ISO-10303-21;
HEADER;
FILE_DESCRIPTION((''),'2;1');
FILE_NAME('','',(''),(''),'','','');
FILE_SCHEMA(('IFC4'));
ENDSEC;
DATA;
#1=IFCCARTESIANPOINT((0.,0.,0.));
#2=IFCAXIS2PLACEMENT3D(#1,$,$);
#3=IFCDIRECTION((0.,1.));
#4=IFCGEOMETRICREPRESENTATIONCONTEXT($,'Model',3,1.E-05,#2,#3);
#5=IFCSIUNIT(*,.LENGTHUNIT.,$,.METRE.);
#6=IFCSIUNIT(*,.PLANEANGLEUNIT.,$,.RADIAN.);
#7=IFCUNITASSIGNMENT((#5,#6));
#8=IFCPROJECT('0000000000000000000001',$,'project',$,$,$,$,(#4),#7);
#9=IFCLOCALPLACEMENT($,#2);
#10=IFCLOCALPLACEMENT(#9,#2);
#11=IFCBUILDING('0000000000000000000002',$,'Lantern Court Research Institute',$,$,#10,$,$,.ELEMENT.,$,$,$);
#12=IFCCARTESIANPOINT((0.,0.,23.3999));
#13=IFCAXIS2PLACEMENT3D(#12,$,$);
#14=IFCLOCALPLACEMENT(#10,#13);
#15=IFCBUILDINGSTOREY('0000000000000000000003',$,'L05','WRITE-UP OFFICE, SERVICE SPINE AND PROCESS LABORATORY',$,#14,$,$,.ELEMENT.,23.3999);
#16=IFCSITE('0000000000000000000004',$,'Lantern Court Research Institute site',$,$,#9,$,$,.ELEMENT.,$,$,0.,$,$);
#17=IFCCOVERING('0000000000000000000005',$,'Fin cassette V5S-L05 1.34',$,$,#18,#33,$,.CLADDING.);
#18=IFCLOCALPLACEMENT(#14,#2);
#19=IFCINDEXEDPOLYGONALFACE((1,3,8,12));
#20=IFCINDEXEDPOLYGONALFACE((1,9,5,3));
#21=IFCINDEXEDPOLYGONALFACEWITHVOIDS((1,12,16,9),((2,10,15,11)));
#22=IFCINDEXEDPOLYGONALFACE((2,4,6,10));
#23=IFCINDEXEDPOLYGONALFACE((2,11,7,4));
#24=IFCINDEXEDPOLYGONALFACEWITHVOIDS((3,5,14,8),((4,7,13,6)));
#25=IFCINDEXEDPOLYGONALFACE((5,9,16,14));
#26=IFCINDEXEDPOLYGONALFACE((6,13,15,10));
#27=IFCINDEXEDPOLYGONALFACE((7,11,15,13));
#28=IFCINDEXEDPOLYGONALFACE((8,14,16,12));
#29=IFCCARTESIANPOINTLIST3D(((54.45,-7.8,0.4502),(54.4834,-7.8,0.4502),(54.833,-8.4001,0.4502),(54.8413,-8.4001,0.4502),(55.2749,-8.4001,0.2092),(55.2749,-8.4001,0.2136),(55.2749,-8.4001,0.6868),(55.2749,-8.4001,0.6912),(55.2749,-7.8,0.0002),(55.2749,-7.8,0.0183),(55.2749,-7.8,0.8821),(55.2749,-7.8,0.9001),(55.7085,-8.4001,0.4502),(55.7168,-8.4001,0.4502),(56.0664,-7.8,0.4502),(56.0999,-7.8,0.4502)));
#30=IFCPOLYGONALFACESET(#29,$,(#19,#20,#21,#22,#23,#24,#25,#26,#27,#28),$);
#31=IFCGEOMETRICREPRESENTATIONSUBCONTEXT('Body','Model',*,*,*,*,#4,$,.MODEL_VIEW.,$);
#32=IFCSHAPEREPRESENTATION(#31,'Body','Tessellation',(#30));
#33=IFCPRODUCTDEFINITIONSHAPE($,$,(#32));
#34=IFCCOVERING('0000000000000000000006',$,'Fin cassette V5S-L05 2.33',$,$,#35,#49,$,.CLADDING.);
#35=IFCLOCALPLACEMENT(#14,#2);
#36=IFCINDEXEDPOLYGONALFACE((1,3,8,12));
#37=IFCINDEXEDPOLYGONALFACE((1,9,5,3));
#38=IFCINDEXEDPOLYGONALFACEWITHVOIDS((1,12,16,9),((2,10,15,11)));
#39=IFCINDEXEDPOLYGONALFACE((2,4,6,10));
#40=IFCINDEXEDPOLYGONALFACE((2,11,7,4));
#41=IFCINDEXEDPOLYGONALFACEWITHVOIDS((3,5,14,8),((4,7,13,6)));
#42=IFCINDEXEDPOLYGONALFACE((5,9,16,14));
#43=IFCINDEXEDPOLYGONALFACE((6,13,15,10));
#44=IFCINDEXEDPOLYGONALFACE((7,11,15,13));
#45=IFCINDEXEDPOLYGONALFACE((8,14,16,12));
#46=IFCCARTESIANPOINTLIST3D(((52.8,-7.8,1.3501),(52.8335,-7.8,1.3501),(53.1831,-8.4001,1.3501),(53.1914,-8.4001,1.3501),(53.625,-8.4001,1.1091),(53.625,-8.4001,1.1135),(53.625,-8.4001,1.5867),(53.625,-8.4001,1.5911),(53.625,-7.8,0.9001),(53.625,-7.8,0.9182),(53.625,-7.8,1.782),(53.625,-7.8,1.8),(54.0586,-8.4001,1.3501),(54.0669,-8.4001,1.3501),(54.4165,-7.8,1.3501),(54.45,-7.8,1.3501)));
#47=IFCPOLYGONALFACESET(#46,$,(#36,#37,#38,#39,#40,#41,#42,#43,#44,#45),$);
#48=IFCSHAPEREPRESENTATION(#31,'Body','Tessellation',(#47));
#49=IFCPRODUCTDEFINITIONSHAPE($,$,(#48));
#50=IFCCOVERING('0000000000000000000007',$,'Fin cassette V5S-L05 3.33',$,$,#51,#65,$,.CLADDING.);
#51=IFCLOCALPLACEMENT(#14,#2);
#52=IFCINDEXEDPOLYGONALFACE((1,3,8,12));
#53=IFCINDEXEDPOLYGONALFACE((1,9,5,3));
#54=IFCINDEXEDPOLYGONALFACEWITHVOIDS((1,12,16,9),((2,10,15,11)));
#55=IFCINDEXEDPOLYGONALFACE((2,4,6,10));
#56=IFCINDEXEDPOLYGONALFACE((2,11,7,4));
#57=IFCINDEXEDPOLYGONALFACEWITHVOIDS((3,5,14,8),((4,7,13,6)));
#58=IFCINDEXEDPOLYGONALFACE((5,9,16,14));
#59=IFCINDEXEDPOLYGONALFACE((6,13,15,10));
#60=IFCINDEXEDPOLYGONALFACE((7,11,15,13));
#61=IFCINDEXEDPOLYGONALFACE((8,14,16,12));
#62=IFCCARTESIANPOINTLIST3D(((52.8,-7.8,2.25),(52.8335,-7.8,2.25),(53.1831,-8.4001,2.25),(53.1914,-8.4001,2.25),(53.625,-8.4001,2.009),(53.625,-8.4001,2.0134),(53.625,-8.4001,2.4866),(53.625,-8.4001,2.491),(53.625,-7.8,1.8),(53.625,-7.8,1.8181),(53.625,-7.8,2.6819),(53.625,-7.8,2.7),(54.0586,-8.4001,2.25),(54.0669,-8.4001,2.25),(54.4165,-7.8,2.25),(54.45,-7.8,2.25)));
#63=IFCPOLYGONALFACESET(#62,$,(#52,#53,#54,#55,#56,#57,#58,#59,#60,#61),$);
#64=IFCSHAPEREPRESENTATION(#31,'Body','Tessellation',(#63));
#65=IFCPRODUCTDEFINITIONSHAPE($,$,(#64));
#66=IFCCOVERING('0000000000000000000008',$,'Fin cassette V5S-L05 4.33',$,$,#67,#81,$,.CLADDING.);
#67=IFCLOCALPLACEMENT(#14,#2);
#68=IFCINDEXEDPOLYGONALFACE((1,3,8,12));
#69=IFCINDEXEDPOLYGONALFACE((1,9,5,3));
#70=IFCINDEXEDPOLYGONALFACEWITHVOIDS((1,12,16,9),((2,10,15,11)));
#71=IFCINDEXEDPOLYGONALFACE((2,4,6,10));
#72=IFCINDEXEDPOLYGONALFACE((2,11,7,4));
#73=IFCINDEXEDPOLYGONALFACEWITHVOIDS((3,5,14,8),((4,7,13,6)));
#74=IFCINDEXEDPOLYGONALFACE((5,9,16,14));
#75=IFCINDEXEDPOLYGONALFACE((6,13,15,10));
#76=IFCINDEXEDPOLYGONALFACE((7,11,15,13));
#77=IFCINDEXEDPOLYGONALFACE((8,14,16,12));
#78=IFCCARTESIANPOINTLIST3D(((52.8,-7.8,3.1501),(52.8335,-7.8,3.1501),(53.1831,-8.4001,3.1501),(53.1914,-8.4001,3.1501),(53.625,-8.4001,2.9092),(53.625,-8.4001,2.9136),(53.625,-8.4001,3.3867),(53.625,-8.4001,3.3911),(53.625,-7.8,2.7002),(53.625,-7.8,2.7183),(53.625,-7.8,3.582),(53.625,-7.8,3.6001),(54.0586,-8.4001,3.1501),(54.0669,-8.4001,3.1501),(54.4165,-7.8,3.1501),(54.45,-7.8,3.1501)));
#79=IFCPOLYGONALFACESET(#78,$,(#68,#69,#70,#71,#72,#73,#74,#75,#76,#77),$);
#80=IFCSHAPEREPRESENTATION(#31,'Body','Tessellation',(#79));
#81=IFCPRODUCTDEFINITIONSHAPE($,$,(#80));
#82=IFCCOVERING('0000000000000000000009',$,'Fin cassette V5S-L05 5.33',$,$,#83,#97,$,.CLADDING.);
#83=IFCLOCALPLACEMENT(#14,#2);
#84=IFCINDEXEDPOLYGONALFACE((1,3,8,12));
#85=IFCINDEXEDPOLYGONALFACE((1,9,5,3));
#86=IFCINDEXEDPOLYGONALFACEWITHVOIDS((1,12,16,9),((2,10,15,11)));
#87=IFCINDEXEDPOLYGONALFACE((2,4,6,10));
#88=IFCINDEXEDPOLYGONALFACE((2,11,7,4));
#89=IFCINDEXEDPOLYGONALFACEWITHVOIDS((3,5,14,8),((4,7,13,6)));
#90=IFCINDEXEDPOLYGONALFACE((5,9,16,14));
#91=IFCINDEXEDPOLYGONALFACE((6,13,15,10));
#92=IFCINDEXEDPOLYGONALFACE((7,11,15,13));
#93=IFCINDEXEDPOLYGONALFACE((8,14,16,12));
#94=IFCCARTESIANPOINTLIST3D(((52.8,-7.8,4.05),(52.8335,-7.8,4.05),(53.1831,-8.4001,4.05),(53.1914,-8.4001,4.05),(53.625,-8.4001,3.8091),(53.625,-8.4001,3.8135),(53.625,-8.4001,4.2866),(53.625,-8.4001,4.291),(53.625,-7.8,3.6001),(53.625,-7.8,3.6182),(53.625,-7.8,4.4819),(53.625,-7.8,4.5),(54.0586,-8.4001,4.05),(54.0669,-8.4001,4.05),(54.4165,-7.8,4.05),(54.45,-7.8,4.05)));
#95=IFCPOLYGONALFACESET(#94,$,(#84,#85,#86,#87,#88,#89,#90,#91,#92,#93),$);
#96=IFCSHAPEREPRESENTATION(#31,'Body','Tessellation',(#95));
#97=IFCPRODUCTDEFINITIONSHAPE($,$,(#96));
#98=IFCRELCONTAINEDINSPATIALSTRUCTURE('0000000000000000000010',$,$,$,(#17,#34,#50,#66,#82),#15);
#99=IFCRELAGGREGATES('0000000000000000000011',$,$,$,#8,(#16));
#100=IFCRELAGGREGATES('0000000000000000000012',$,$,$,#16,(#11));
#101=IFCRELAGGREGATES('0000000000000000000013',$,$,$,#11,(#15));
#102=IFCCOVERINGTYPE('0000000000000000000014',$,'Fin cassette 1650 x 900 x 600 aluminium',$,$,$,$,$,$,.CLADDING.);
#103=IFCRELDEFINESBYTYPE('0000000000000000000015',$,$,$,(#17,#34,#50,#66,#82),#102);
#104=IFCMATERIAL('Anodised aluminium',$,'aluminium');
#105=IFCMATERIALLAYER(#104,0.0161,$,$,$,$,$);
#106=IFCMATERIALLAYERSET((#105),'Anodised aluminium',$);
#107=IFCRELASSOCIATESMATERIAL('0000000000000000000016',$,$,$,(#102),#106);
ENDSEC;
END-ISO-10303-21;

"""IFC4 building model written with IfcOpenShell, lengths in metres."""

from ifc_helpers import new_model, entity, si_unit, direction, frame, origin, place, context, subcontext, project, spatial, material, layer, layer_set, type_object, element, save


model = new_model("IFC4")

# Units and contexts
model_context = context("Model", 3, precision=1e-05, world=origin(), true_north=direction((0.0, 1.0)))
body_context = subcontext(model_context, "Body", "Model", "MODEL_VIEW")
ifc_project = project(units=[si_unit("LENGTHUNIT", "METRE"), si_unit("PLANEANGLEUNIT", "RADIAN")], contexts=[model_context])

# Site, building, storey
site_placement = place(None, origin())
site = spatial("IfcSite", under=ifc_project, at=site_placement, Name="Lantern Court Research Institute site", CompositionType="ELEMENT", RefElevation=0.0)
building_placement = place(site_placement, origin())
building = spatial("IfcBuilding", under=site, at=building_placement, Name="Lantern Court Research Institute", CompositionType="ELEMENT")
storey_placement = place(building_placement, frame((0.0, 0.0, 23.3999)))
storey = spatial("IfcBuildingStorey", under=building, at=storey_placement, Name="L05", Description="WRITE-UP OFFICE, SERVICE SPINE AND PROCESS LABORATORY", CompositionType="ELEMENT", Elevation=23.3999)

# Coverings
ifc_material_1 = material(Name="Anodised aluminium", Category="aluminium")
ifc_layer_1 = layer(ifc_material_1, 0.0161)
ifc_layer_set_1 = layer_set([ifc_layer_1], Name="Anodised aluminium")
covering_type = type_object("IfcCoveringType", Name="Fin cassette 1650 x 900 x 600 aluminium", PredefinedType="CLADDING", material=ifc_layer_set_1)
covering_1_placement = place(storey_placement, frame((55.2749, -7.8, 0.4502), z_axis=(0.0, -1.0, 0.0), x_axis=(1.0, 0.0, 0.0)))
cartesian_point_1 = entity("IfcCartesianPoint", [0.825, 0.0])
cartesian_point_2 = entity("IfcCartesianPoint", [0.7915, 0.0])
cartesian_point_3 = entity("IfcCartesianPoint", [0.4419, 0.0])
cartesian_point_4 = entity("IfcCartesianPoint", [0.4336, 0.0])
element("IfcCovering", 1, at=covering_1_placement, inside=storey, type_object=covering_type, Name="Fin cassette V5S-L05 1.34", PredefinedType="CLADDING", context=body_context, shape_type="SweptSolid", body=[
    entity("IfcExtrudedAreaSolidTapered", entity("IfcArbitraryProfileDefWithVoids", "AREA", None, entity("IfcPolyline", [cartesian_point_1, entity("IfcCartesianPoint", [0.0, 0.45]), entity("IfcCartesianPoint", [-0.825, 0.0]), entity("IfcCartesianPoint", [0.0, -0.45]), cartesian_point_1]), [entity("IfcPolyline", [cartesian_point_2, entity("IfcCartesianPoint", [0.0, 0.4319]), entity("IfcCartesianPoint", [-0.7915, 0.0]), entity("IfcCartesianPoint", [0.0, -0.4319]), cartesian_point_2])]), entity("IfcAxis2Placement3D", entity("IfcCartesianPoint", [0.0, 0.0, 0.0])), entity("IfcDirection", [0.0, 0.0, 1.0]), 0.6001, entity("IfcArbitraryProfileDefWithVoids", "AREA", None, entity("IfcPolyline", [cartesian_point_3, entity("IfcCartesianPoint", [0.0, 0.241]), entity("IfcCartesianPoint", [-0.4419, 0.0]), entity("IfcCartesianPoint", [0.0, -0.241]), cartesian_point_3]), [entity("IfcPolyline", [cartesian_point_4, entity("IfcCartesianPoint", [0.0, 0.2366]), entity("IfcCartesianPoint", [-0.4336, 0.0]), entity("IfcCartesianPoint", [0.0, -0.2366]), cartesian_point_4])])),
])
covering_2_placement = place(storey_placement, frame((53.625, -7.8, 1.3501), z_axis=(0.0, -1.0, 0.0), x_axis=(1.0, 0.0, 0.0)))
cartesian_point_5 = entity("IfcCartesianPoint", [0.825, 0.0])
cartesian_point_6 = entity("IfcCartesianPoint", [0.7915, 0.0])
cartesian_point_7 = entity("IfcCartesianPoint", [0.4419, 0.0])
cartesian_point_8 = entity("IfcCartesianPoint", [0.4336, 0.0])
element("IfcCovering", 2, at=covering_2_placement, inside=storey, type_object=covering_type, Name="Fin cassette V5S-L05 2.33", PredefinedType="CLADDING", context=body_context, shape_type="SweptSolid", body=[
    entity("IfcExtrudedAreaSolidTapered", entity("IfcArbitraryProfileDefWithVoids", "AREA", None, entity("IfcPolyline", [cartesian_point_5, entity("IfcCartesianPoint", [0.0, 0.45]), entity("IfcCartesianPoint", [-0.825, 0.0]), entity("IfcCartesianPoint", [0.0, -0.45]), cartesian_point_5]), [entity("IfcPolyline", [cartesian_point_6, entity("IfcCartesianPoint", [0.0, 0.4319]), entity("IfcCartesianPoint", [-0.7915, 0.0]), entity("IfcCartesianPoint", [0.0, -0.4319]), cartesian_point_6])]), entity("IfcAxis2Placement3D", entity("IfcCartesianPoint", [0.0, 0.0, 0.0])), entity("IfcDirection", [0.0, 0.0, 1.0]), 0.6001, entity("IfcArbitraryProfileDefWithVoids", "AREA", None, entity("IfcPolyline", [cartesian_point_7, entity("IfcCartesianPoint", [0.0, 0.241]), entity("IfcCartesianPoint", [-0.4419, 0.0]), entity("IfcCartesianPoint", [0.0, -0.241]), cartesian_point_7]), [entity("IfcPolyline", [cartesian_point_8, entity("IfcCartesianPoint", [0.0, 0.2366]), entity("IfcCartesianPoint", [-0.4336, 0.0]), entity("IfcCartesianPoint", [0.0, -0.2366]), cartesian_point_8])])),
])
covering_3_placement = place(storey_placement, frame((53.625, -7.8, 2.25), z_axis=(0.0, -1.0, 0.0), x_axis=(1.0, 0.0, 0.0)))
cartesian_point_9 = entity("IfcCartesianPoint", [0.825, 0.0])
cartesian_point_10 = entity("IfcCartesianPoint", [0.7915, 0.0])
cartesian_point_11 = entity("IfcCartesianPoint", [0.4419, 0.0])
cartesian_point_12 = entity("IfcCartesianPoint", [0.4336, 0.0])
element("IfcCovering", 3, at=covering_3_placement, inside=storey, type_object=covering_type, Name="Fin cassette V5S-L05 3.33", PredefinedType="CLADDING", context=body_context, shape_type="SweptSolid", body=[
    entity("IfcExtrudedAreaSolidTapered", entity("IfcArbitraryProfileDefWithVoids", "AREA", None, entity("IfcPolyline", [cartesian_point_9, entity("IfcCartesianPoint", [0.0, 0.45]), entity("IfcCartesianPoint", [-0.825, 0.0]), entity("IfcCartesianPoint", [0.0, -0.45]), cartesian_point_9]), [entity("IfcPolyline", [cartesian_point_10, entity("IfcCartesianPoint", [0.0, 0.4319]), entity("IfcCartesianPoint", [-0.7915, 0.0]), entity("IfcCartesianPoint", [0.0, -0.4319]), cartesian_point_10])]), entity("IfcAxis2Placement3D", entity("IfcCartesianPoint", [0.0, 0.0, 0.0])), entity("IfcDirection", [0.0, 0.0, 1.0]), 0.6001, entity("IfcArbitraryProfileDefWithVoids", "AREA", None, entity("IfcPolyline", [cartesian_point_11, entity("IfcCartesianPoint", [0.0, 0.241]), entity("IfcCartesianPoint", [-0.4419, 0.0]), entity("IfcCartesianPoint", [0.0, -0.241]), cartesian_point_11]), [entity("IfcPolyline", [cartesian_point_12, entity("IfcCartesianPoint", [0.0, 0.2366]), entity("IfcCartesianPoint", [-0.4336, 0.0]), entity("IfcCartesianPoint", [0.0, -0.2366]), cartesian_point_12])])),
])
covering_4_placement = place(storey_placement, frame((53.625, -7.8, 3.1501), z_axis=(0.0, -1.0, 0.0), x_axis=(1.0, 0.0, 0.0)))
cartesian_point_13 = entity("IfcCartesianPoint", [0.825, 0.0])
cartesian_point_14 = entity("IfcCartesianPoint", [0.7915, 0.0])
cartesian_point_15 = entity("IfcCartesianPoint", [0.4419, 0.0])
cartesian_point_16 = entity("IfcCartesianPoint", [0.4336, 0.0])
element("IfcCovering", 4, at=covering_4_placement, inside=storey, type_object=covering_type, Name="Fin cassette V5S-L05 4.33", PredefinedType="CLADDING", context=body_context, shape_type="SweptSolid", body=[
    entity("IfcExtrudedAreaSolidTapered", entity("IfcArbitraryProfileDefWithVoids", "AREA", None, entity("IfcPolyline", [cartesian_point_13, entity("IfcCartesianPoint", [0.0, 0.45]), entity("IfcCartesianPoint", [-0.825, 0.0]), entity("IfcCartesianPoint", [0.0, -0.45]), cartesian_point_13]), [entity("IfcPolyline", [cartesian_point_14, entity("IfcCartesianPoint", [0.0, 0.4319]), entity("IfcCartesianPoint", [-0.7915, 0.0]), entity("IfcCartesianPoint", [0.0, -0.4319]), cartesian_point_14])]), entity("IfcAxis2Placement3D", entity("IfcCartesianPoint", [0.0, 0.0, 0.0])), entity("IfcDirection", [0.0, 0.0, 1.0]), 0.6001, entity("IfcArbitraryProfileDefWithVoids", "AREA", None, entity("IfcPolyline", [cartesian_point_15, entity("IfcCartesianPoint", [0.0, 0.241]), entity("IfcCartesianPoint", [-0.4419, 0.0]), entity("IfcCartesianPoint", [0.0, -0.241]), cartesian_point_15]), [entity("IfcPolyline", [cartesian_point_16, entity("IfcCartesianPoint", [0.0, 0.2366]), entity("IfcCartesianPoint", [-0.4336, 0.0]), entity("IfcCartesianPoint", [0.0, -0.2366]), cartesian_point_16])])),
])
covering_5_placement = place(storey_placement, frame((53.625, -7.8, 4.05), z_axis=(0.0, -1.0, 0.0), x_axis=(1.0, 0.0, 0.0)))
cartesian_point_17 = entity("IfcCartesianPoint", [0.825, 0.0])
cartesian_point_18 = entity("IfcCartesianPoint", [0.7915, 0.0])
cartesian_point_19 = entity("IfcCartesianPoint", [0.4419, 0.0])
cartesian_point_20 = entity("IfcCartesianPoint", [0.4336, 0.0])
element("IfcCovering", 5, at=covering_5_placement, inside=storey, type_object=covering_type, Name="Fin cassette V5S-L05 5.33", PredefinedType="CLADDING", context=body_context, shape_type="SweptSolid", body=[
    entity("IfcExtrudedAreaSolidTapered", entity("IfcArbitraryProfileDefWithVoids", "AREA", None, entity("IfcPolyline", [cartesian_point_17, entity("IfcCartesianPoint", [0.0, 0.45]), entity("IfcCartesianPoint", [-0.825, 0.0]), entity("IfcCartesianPoint", [0.0, -0.45]), cartesian_point_17]), [entity("IfcPolyline", [cartesian_point_18, entity("IfcCartesianPoint", [0.0, 0.4319]), entity("IfcCartesianPoint", [-0.7915, 0.0]), entity("IfcCartesianPoint", [0.0, -0.4319]), cartesian_point_18])]), entity("IfcAxis2Placement3D", entity("IfcCartesianPoint", [0.0, 0.0, 0.0])), entity("IfcDirection", [0.0, 0.0, 1.0]), 0.6001, entity("IfcArbitraryProfileDefWithVoids", "AREA", None, entity("IfcPolyline", [cartesian_point_19, entity("IfcCartesianPoint", [0.0, 0.241]), entity("IfcCartesianPoint", [-0.4419, 0.0]), entity("IfcCartesianPoint", [0.0, -0.241]), cartesian_point_19]), [entity("IfcPolyline", [cartesian_point_20, entity("IfcCartesianPoint", [0.0, 0.2366]), entity("IfcCartesianPoint", [-0.4336, 0.0]), entity("IfcCartesianPoint", [0.0, -0.2366]), cartesian_point_20])])),
])

save(model, "model.ifc")
